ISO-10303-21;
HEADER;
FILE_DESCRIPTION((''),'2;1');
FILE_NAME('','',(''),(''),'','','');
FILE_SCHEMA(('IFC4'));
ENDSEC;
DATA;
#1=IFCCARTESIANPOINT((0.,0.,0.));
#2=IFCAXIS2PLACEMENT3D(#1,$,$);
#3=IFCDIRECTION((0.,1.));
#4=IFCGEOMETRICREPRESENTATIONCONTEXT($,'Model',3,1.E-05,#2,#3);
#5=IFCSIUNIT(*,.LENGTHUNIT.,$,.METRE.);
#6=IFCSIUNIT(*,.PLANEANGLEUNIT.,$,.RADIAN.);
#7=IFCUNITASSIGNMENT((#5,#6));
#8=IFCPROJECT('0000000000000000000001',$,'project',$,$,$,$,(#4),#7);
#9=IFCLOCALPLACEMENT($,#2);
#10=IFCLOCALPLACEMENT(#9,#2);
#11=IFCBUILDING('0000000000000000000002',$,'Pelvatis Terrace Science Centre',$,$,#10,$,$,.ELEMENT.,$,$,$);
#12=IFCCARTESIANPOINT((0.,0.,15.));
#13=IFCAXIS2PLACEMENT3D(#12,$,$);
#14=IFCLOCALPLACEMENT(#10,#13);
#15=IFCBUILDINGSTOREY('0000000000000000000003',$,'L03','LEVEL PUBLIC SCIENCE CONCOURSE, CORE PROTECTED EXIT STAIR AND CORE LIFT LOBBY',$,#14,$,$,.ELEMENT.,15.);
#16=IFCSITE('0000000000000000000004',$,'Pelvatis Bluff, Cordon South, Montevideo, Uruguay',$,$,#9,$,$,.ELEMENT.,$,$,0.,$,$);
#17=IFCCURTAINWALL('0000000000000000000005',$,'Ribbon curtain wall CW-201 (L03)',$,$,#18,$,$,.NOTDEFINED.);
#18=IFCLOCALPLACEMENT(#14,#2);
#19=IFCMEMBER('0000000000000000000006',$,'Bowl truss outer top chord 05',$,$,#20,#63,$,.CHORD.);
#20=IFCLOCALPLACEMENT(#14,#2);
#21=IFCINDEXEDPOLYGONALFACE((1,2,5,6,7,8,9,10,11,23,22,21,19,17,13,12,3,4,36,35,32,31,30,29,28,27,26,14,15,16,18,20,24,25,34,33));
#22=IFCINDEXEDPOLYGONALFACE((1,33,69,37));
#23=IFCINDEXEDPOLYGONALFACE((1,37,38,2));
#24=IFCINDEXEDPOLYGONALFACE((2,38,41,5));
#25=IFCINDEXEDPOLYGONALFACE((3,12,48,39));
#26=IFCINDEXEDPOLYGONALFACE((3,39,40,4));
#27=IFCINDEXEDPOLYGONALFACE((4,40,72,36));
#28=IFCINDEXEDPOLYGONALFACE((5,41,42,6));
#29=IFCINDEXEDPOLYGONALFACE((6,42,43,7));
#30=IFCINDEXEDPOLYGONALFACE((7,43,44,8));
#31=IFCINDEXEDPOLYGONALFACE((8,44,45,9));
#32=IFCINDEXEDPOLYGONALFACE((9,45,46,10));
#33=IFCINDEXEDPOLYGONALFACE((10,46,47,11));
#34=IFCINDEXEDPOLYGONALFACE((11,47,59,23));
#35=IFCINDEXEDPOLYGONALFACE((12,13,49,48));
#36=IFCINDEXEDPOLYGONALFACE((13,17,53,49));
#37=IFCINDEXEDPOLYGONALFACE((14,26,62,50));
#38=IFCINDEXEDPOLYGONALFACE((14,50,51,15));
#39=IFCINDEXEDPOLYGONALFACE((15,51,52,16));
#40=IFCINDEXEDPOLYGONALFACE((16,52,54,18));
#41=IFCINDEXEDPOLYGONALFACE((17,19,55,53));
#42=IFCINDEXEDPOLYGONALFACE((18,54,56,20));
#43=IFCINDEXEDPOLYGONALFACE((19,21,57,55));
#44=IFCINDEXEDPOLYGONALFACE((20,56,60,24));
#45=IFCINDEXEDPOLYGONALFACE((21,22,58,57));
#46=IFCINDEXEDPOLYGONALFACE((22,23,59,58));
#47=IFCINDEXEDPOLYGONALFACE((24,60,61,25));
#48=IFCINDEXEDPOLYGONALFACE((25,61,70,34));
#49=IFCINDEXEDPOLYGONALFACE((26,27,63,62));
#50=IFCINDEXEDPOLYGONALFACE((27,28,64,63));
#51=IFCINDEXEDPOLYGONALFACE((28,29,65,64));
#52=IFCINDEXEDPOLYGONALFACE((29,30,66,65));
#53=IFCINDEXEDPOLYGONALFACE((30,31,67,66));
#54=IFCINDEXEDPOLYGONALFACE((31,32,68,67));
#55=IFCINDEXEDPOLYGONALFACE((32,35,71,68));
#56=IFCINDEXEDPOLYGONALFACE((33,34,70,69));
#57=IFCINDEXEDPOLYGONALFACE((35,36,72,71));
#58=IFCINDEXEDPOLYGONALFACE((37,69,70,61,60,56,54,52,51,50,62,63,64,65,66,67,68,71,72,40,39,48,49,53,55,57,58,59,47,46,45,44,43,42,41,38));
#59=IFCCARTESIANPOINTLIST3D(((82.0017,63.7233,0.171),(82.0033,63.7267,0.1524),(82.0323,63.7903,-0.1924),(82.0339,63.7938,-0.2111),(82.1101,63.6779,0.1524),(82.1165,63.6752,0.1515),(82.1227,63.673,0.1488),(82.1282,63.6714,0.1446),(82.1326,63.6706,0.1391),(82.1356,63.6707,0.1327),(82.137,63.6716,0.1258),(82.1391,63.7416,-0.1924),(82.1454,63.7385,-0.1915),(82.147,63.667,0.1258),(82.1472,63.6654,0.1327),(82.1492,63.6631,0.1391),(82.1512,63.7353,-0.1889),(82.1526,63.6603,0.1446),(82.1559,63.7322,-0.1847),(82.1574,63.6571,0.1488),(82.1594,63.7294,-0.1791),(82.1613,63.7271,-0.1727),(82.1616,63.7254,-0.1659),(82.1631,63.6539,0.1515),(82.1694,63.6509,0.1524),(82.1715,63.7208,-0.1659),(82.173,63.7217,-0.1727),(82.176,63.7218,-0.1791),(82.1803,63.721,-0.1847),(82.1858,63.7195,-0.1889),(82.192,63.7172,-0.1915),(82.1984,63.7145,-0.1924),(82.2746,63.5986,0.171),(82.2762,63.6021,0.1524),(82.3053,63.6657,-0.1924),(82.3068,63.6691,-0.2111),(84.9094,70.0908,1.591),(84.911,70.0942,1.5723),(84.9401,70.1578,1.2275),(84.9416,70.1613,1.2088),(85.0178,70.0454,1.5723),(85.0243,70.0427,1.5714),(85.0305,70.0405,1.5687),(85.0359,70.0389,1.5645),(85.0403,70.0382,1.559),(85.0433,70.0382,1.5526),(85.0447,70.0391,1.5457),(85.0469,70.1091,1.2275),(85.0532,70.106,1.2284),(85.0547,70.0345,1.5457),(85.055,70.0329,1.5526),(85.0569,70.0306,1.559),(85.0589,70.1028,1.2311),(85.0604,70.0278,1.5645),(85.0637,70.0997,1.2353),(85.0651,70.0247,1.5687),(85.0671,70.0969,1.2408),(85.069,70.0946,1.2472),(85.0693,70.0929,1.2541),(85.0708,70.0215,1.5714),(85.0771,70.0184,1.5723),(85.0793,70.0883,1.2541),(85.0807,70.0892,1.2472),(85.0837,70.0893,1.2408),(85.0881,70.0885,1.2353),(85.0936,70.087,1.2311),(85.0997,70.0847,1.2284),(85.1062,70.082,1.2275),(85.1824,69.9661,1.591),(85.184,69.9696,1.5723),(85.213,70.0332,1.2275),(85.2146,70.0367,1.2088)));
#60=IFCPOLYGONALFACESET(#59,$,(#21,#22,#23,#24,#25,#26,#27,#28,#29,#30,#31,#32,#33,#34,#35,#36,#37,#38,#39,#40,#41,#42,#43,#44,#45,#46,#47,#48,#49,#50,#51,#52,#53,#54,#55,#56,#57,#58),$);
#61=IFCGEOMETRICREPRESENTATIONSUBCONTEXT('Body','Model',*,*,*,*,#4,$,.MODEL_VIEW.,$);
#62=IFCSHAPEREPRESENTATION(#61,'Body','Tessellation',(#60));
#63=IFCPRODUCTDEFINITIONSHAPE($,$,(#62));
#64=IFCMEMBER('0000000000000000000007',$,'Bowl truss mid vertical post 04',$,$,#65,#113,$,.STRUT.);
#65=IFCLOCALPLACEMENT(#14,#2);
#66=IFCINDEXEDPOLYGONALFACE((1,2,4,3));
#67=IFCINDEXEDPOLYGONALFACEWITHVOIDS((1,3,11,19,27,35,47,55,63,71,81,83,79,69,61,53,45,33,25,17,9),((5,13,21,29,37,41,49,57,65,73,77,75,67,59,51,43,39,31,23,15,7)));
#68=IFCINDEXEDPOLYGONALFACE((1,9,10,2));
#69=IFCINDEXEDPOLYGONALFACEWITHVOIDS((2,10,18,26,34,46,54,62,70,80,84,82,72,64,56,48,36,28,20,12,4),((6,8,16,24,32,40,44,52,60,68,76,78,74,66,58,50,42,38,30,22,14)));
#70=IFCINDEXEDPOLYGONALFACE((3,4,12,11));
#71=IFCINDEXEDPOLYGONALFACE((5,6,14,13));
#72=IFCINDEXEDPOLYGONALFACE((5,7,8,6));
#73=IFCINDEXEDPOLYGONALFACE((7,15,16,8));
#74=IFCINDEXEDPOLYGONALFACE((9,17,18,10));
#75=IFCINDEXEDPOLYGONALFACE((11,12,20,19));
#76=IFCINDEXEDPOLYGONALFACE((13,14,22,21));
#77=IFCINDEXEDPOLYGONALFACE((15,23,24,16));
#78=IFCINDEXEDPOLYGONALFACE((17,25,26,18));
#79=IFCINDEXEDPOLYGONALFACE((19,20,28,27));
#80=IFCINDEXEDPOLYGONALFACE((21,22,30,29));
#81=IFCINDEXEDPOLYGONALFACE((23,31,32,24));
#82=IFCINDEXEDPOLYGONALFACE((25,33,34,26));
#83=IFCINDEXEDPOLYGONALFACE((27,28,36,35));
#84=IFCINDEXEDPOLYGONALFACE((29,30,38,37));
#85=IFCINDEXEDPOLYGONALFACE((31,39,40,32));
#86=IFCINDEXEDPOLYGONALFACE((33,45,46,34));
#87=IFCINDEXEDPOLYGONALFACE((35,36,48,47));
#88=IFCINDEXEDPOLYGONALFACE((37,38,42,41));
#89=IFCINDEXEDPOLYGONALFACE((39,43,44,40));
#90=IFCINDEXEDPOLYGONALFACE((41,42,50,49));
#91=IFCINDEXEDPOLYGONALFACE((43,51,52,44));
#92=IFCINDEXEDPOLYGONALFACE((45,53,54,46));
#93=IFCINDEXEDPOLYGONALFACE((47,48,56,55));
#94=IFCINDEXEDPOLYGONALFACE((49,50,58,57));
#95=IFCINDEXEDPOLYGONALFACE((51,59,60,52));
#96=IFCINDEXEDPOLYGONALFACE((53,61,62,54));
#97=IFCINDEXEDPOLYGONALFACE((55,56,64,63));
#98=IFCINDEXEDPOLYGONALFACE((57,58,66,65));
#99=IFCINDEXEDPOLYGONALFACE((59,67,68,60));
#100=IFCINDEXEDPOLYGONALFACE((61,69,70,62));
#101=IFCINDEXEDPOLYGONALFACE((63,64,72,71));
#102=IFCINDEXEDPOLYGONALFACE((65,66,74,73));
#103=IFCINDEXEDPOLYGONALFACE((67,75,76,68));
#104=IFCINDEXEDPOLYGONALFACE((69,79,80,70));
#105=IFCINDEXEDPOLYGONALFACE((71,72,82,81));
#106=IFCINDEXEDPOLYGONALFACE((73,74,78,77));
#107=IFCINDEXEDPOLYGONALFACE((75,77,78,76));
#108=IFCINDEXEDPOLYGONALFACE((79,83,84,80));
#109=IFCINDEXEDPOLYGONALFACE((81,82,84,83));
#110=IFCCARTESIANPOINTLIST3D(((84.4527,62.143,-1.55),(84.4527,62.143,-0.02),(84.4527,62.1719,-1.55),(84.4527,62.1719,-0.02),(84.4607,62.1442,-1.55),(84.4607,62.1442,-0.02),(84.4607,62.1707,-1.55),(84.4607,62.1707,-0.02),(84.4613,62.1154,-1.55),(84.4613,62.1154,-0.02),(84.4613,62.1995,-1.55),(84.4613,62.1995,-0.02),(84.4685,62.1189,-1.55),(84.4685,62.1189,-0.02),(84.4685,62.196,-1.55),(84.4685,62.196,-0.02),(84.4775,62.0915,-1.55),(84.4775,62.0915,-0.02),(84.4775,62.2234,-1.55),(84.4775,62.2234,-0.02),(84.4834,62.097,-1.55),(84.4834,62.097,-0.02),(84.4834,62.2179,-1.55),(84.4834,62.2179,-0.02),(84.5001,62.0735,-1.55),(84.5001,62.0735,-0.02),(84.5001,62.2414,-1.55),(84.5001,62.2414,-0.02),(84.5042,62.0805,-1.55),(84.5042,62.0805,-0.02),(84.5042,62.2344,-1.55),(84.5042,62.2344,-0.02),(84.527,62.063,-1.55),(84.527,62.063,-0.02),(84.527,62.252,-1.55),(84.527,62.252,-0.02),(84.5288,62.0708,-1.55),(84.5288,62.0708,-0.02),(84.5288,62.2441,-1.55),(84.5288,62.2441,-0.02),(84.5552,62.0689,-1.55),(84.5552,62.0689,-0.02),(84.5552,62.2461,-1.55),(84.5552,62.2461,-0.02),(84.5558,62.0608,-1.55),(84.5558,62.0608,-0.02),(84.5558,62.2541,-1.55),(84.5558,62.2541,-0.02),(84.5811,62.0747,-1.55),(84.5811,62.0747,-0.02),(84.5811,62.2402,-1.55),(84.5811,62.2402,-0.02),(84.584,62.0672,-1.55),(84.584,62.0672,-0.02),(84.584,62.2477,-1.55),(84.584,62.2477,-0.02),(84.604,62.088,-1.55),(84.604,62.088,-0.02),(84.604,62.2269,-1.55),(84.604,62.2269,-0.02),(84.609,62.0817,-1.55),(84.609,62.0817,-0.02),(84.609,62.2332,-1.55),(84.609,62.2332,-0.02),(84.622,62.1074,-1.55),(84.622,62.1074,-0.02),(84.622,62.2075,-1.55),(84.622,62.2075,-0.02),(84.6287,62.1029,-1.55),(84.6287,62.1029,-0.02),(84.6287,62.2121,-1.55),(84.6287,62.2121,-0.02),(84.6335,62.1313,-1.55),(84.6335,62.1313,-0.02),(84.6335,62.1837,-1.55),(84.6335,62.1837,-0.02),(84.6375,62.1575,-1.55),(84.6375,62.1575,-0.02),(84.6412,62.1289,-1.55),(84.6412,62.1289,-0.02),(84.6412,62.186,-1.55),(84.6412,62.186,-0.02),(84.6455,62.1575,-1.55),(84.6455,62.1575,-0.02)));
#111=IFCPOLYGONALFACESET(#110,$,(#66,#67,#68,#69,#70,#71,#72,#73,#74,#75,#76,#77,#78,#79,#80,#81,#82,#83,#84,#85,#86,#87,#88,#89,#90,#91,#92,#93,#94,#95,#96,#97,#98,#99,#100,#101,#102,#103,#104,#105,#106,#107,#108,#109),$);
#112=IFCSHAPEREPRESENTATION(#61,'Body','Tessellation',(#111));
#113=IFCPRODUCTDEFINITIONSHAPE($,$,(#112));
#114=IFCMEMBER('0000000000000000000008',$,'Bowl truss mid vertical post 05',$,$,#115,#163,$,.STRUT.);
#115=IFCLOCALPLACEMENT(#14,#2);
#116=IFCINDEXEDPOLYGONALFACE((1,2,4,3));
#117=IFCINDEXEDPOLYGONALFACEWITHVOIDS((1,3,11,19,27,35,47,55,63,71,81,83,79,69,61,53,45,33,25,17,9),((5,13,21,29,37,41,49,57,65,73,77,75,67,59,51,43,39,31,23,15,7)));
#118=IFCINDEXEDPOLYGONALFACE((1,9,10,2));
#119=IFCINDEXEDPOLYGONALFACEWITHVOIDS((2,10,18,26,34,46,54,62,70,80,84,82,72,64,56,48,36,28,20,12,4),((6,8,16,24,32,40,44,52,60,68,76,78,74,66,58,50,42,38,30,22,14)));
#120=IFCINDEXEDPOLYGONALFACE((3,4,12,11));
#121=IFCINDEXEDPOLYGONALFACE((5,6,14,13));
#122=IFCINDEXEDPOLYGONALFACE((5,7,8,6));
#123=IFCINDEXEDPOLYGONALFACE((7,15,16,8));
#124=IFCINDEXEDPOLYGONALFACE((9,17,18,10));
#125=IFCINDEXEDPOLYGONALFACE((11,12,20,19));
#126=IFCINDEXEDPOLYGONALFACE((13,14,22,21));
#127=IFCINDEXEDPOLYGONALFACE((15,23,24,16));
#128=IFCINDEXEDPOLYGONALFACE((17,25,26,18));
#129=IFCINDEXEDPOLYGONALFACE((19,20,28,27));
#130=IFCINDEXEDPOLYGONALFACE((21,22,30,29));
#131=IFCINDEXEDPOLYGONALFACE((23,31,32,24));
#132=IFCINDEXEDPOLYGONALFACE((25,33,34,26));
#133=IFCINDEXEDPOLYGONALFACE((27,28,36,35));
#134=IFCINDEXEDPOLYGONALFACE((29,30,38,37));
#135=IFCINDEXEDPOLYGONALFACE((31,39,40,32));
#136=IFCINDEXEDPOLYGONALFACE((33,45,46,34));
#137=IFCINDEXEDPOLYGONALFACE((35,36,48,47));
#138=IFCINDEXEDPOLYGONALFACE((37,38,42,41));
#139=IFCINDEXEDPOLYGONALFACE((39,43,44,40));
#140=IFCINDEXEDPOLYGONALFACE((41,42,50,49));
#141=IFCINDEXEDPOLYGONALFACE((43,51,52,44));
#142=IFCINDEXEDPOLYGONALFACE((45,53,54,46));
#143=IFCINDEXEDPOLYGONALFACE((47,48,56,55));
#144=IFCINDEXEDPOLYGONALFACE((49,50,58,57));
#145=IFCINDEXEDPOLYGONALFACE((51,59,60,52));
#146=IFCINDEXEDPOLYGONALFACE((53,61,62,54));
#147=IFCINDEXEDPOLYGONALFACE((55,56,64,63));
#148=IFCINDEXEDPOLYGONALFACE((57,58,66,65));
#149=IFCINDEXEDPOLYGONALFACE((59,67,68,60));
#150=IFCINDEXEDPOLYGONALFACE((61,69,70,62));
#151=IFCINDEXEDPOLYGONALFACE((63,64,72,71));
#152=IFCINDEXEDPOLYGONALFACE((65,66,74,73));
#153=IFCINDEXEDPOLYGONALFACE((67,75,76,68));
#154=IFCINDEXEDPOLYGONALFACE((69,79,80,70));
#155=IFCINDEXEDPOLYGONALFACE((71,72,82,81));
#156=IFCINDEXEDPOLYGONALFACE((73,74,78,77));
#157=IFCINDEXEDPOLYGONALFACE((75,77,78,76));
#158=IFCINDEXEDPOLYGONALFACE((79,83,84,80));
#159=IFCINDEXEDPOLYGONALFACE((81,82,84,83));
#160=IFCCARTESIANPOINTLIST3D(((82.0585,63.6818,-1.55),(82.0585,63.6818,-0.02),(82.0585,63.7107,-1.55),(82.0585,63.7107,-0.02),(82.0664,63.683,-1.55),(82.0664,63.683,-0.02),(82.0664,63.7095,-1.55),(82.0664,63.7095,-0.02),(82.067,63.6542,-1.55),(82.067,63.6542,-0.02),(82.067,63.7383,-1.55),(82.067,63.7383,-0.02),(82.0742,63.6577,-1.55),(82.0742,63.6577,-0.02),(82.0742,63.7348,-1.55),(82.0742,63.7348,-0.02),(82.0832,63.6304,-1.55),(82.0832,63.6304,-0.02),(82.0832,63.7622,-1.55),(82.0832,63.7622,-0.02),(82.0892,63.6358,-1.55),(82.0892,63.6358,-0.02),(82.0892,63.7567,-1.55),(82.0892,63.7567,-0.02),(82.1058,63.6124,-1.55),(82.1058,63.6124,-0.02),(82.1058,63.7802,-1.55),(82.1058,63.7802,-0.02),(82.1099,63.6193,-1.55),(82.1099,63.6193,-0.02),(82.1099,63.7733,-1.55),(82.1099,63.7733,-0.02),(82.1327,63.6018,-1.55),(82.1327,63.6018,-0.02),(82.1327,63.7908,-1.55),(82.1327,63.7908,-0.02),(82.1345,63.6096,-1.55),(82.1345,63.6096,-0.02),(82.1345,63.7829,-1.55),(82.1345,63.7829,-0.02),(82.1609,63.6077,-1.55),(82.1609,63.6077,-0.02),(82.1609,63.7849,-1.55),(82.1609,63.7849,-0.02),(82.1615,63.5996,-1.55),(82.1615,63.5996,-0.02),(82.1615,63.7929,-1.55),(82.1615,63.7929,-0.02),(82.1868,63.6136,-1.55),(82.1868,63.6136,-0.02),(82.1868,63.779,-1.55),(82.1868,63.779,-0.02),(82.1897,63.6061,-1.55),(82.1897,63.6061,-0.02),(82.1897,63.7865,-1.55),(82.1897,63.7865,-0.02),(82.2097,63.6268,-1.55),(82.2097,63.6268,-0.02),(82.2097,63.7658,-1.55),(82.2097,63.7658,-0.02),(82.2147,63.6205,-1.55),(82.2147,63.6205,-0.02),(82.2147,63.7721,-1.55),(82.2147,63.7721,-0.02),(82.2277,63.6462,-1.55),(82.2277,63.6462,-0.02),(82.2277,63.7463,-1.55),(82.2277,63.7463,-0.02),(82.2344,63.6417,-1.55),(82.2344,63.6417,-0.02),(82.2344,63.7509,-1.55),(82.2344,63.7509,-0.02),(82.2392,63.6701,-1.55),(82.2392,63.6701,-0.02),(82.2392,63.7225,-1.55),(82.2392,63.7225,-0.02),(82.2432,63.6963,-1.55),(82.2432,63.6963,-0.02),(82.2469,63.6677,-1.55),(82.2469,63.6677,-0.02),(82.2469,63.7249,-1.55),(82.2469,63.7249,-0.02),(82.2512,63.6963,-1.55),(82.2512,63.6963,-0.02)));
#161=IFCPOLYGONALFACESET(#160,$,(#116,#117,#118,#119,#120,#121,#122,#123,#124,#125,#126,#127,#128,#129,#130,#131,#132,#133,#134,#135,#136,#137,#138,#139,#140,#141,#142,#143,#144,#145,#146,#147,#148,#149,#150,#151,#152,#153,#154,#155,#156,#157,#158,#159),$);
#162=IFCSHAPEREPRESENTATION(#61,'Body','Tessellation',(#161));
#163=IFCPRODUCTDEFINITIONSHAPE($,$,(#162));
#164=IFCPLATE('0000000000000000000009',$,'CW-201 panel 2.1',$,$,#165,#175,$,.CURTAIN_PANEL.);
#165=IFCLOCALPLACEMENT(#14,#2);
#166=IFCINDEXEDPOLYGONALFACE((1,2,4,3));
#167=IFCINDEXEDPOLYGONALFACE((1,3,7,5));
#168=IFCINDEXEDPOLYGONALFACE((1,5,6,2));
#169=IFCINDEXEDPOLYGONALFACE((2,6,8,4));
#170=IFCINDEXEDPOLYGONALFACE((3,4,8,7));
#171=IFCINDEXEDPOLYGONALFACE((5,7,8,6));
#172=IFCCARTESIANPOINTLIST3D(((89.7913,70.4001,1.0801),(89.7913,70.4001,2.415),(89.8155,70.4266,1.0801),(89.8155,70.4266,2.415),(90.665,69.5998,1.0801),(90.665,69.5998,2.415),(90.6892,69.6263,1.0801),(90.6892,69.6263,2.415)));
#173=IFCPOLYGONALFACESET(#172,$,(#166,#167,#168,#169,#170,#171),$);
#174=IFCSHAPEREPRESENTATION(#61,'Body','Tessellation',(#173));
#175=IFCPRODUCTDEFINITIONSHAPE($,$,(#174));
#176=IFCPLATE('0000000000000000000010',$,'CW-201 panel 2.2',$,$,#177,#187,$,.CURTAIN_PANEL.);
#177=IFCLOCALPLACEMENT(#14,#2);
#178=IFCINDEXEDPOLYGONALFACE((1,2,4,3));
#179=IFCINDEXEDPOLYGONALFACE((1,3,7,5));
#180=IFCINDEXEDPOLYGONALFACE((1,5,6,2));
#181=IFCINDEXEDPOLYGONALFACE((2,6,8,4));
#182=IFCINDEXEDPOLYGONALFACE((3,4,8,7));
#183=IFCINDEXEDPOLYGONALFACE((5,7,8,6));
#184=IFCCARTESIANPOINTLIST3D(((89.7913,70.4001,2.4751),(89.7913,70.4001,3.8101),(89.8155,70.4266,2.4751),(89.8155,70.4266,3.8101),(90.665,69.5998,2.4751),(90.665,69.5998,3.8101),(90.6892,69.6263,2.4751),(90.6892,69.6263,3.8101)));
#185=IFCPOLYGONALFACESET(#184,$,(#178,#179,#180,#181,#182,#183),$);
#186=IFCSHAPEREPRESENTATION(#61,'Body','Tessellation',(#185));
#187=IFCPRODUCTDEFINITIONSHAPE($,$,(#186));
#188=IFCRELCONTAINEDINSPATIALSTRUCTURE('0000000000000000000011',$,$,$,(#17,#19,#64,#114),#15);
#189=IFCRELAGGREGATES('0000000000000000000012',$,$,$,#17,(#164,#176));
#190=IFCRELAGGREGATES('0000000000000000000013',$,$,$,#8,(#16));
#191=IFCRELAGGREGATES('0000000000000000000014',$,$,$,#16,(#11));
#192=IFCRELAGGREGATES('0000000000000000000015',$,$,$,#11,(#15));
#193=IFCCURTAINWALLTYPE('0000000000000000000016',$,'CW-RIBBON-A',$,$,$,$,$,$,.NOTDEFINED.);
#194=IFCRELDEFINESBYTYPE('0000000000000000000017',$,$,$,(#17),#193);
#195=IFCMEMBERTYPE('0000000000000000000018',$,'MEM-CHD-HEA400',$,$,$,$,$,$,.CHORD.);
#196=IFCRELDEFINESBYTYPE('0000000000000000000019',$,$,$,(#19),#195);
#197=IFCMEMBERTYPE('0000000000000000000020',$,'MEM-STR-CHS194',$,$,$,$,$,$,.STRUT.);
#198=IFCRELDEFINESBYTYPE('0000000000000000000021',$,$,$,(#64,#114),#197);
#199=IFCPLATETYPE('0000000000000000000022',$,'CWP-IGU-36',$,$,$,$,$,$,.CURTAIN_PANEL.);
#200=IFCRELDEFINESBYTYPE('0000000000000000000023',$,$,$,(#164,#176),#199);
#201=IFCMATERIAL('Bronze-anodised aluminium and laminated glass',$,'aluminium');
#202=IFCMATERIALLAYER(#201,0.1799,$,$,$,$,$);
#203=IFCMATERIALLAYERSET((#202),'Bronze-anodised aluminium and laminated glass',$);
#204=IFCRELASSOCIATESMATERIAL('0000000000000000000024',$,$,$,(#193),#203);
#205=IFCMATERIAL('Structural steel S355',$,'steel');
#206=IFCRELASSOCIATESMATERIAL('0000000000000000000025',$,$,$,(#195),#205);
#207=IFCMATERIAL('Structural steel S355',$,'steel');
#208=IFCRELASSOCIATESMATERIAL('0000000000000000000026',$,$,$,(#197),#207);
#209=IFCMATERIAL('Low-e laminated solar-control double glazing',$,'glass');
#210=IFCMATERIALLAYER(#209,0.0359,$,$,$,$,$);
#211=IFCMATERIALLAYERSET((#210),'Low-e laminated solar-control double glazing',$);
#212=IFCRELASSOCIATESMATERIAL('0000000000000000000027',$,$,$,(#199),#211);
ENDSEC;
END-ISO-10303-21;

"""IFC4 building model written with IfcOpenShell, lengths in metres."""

from ifc_helpers import new_model, si_unit, direction, frame, origin, origin_2d, place, context, subcontext, project, spatial, rectangle, hollow_circle, i_section, extrude, material, layer, layer_set, material_profile, profile_set, type_object, element, aggregate, save


model = new_model("IFC4")

# Units and contexts
model_context = context("Model", 3, precision=1e-05, world=origin(), true_north=direction((0.0, 1.0)))
body_context = subcontext(model_context, "Body", "Model", "MODEL_VIEW")
ifc_project = project(units=[si_unit("LENGTHUNIT", "METRE"), si_unit("PLANEANGLEUNIT", "RADIAN")], contexts=[model_context])

# Site, building, storey
site_placement = place(None, origin())
site = spatial("IfcSite", under=ifc_project, at=site_placement, Name="Pelvatis Bluff, Cordon South, Montevideo, Uruguay", CompositionType="ELEMENT", RefElevation=0.0)
building_placement = place(site_placement, origin())
building = spatial("IfcBuilding", under=site, at=building_placement, Name="Pelvatis Terrace Science Centre", CompositionType="ELEMENT")
storey_placement = place(building_placement, frame((0.0, 0.0, 15.0)))
storey = spatial("IfcBuildingStorey", under=building, at=storey_placement, Name="L03", Description="LEVEL PUBLIC SCIENCE CONCOURSE, CORE PROTECTED EXIT STAIR AND CORE LIFT LOBBY", CompositionType="ELEMENT", Elevation=15.0)

# Curtain wall
ifc_material_1 = material(Name="Bronze-anodised aluminium and laminated glass", Category="aluminium")
ifc_layer_1 = layer(ifc_material_1, 0.1799)
ifc_layer_set_1 = layer_set([ifc_layer_1], Name="Bronze-anodised aluminium and laminated glass")
curtain_wall_type = type_object("IfcCurtainWallType", Name="CW-RIBBON-A", PredefinedType="NOTDEFINED", material=ifc_layer_set_1)
curtain_wall_placement = place(storey_placement, origin())
curtain_wall = element("IfcCurtainWall", 1, at=curtain_wall_placement, inside=storey, type_object=curtain_wall_type, Name="Ribbon curtain wall CW-201 (L03)", PredefinedType="NOTDEFINED")

# Members
ifc_material_2 = material(Name="Structural steel S355", Category="steel")
ifc_material_profile_1 = material_profile(ifc_material_2, i_section(OverallWidth=0.3, OverallDepth=0.3899, WebThickness=0.011, FlangeThickness=0.019, FilletRadius=0.0271, at=origin_2d()), Name="HEA 400")
ifc_profile_set_1 = profile_set([ifc_material_profile_1], Name="Structural steel S355")
member_type_1 = type_object("IfcMemberType", Name="MEM-CHD-HEA400", PredefinedType="CHORD", material=ifc_profile_set_1)
for number, where, z_axis, x_axis, name in (
    (2, (85.062, 70.0637, 1.3999), (-0.407101, -0.891486, -0.198799), (0.909642, -0.415392, 0.0), "Bowl truss outer top chord 05"),
):
    element("IfcMember", number, at=place(storey_placement, frame(where, z_axis=z_axis, x_axis=x_axis)), inside=storey, type_object=member_type_1, Name=name, PredefinedType="CHORD", context=body_context, shape_type="SweptSolid", body=[
        extrude(i_section(OverallWidth=0.3, OverallDepth=0.3899, WebThickness=0.011, FlangeThickness=0.019, FilletRadius=0.0271, at=origin_2d()), origin(), (0.0, 0.0, 1.0), 7.1426),
    ])
ifc_material_3 = material(Name="Structural steel S355", Category="steel")
ifc_material_profile_2 = material_profile(ifc_material_3, hollow_circle(Radius=0.0969, WallThickness=0.0081, at=origin_2d()), Name="CHS 193.7x8.0")
ifc_profile_set_2 = profile_set([ifc_material_profile_2], Name="Structural steel S355")
member_type_2 = type_object("IfcMemberType", Name="MEM-STR-CHS194", PredefinedType="STRUT", material=ifc_profile_set_2)
for number, where, z_axis, x_axis, name in (
    (3, (84.5486, 62.1575, -1.55), (0.0, 0.0, 1.0), (1.0, 0.0, 0.0), "Bowl truss mid vertical post 04"),
    (4, (82.1543, 63.6963, -1.55), (0.0, 0.0, 1.0), (1.0, 0.0, 0.0), "Bowl truss mid vertical post 05"),
):
    element("IfcMember", number, at=place(storey_placement, frame(where, z_axis=z_axis, x_axis=x_axis)), inside=storey, type_object=member_type_2, Name=name, PredefinedType="STRUT", context=body_context, shape_type="SweptSolid", body=[
        extrude(hollow_circle(Radius=0.0969, WallThickness=0.0081, at=origin_2d()), origin(), (0.0, 0.0, 1.0), 1.53),
    ])

# Plates
ifc_material_4 = material(Name="Low-e laminated solar-control double glazing", Category="glass")
ifc_layer_2 = layer(ifc_material_4, 0.0359)
ifc_layer_set_2 = layer_set([ifc_layer_2], Name="Low-e laminated solar-control double glazing")
plate_type_1 = type_object("IfcPlateType", Name="CWP-IGU-36", PredefinedType="CURTAIN_PANEL", material=ifc_layer_set_2)
plate_1_placement = place(storey_placement, frame((90.2402, 70.0132, 1.0801), z_axis=(0.0, 0.0, 1.0), x_axis=(0.737404, -0.675452, 0.0)))
plate_1 = element("IfcPlate", 5, at=plate_1_placement, type_object=plate_type_1, Name="CW-201 panel 2.1", PredefinedType="CURTAIN_PANEL", context=body_context, shape_type="SweptSolid", body=[
    extrude(rectangle(XDim=1.1848, YDim=0.0359, at=origin_2d()), origin(), (0.0, 0.0, 1.0), 1.335),
])
plate_2_placement = place(storey_placement, frame((90.2402, 70.0132, 2.4751), z_axis=(0.0, 0.0, 1.0), x_axis=(0.737404, -0.675452, 0.0)))
plate_2 = element("IfcPlate", 6, at=plate_2_placement, type_object=plate_type_1, Name="CW-201 panel 2.2", PredefinedType="CURTAIN_PANEL", context=body_context, shape_type="SweptSolid", body=[
    extrude(rectangle(XDim=1.1848, YDim=0.0359, at=origin_2d()), origin(), (0.0, 0.0, 1.0), 1.335),
])
aggregate(curtain_wall, [plate_1, plate_2])

save(model, "model.ifc")
